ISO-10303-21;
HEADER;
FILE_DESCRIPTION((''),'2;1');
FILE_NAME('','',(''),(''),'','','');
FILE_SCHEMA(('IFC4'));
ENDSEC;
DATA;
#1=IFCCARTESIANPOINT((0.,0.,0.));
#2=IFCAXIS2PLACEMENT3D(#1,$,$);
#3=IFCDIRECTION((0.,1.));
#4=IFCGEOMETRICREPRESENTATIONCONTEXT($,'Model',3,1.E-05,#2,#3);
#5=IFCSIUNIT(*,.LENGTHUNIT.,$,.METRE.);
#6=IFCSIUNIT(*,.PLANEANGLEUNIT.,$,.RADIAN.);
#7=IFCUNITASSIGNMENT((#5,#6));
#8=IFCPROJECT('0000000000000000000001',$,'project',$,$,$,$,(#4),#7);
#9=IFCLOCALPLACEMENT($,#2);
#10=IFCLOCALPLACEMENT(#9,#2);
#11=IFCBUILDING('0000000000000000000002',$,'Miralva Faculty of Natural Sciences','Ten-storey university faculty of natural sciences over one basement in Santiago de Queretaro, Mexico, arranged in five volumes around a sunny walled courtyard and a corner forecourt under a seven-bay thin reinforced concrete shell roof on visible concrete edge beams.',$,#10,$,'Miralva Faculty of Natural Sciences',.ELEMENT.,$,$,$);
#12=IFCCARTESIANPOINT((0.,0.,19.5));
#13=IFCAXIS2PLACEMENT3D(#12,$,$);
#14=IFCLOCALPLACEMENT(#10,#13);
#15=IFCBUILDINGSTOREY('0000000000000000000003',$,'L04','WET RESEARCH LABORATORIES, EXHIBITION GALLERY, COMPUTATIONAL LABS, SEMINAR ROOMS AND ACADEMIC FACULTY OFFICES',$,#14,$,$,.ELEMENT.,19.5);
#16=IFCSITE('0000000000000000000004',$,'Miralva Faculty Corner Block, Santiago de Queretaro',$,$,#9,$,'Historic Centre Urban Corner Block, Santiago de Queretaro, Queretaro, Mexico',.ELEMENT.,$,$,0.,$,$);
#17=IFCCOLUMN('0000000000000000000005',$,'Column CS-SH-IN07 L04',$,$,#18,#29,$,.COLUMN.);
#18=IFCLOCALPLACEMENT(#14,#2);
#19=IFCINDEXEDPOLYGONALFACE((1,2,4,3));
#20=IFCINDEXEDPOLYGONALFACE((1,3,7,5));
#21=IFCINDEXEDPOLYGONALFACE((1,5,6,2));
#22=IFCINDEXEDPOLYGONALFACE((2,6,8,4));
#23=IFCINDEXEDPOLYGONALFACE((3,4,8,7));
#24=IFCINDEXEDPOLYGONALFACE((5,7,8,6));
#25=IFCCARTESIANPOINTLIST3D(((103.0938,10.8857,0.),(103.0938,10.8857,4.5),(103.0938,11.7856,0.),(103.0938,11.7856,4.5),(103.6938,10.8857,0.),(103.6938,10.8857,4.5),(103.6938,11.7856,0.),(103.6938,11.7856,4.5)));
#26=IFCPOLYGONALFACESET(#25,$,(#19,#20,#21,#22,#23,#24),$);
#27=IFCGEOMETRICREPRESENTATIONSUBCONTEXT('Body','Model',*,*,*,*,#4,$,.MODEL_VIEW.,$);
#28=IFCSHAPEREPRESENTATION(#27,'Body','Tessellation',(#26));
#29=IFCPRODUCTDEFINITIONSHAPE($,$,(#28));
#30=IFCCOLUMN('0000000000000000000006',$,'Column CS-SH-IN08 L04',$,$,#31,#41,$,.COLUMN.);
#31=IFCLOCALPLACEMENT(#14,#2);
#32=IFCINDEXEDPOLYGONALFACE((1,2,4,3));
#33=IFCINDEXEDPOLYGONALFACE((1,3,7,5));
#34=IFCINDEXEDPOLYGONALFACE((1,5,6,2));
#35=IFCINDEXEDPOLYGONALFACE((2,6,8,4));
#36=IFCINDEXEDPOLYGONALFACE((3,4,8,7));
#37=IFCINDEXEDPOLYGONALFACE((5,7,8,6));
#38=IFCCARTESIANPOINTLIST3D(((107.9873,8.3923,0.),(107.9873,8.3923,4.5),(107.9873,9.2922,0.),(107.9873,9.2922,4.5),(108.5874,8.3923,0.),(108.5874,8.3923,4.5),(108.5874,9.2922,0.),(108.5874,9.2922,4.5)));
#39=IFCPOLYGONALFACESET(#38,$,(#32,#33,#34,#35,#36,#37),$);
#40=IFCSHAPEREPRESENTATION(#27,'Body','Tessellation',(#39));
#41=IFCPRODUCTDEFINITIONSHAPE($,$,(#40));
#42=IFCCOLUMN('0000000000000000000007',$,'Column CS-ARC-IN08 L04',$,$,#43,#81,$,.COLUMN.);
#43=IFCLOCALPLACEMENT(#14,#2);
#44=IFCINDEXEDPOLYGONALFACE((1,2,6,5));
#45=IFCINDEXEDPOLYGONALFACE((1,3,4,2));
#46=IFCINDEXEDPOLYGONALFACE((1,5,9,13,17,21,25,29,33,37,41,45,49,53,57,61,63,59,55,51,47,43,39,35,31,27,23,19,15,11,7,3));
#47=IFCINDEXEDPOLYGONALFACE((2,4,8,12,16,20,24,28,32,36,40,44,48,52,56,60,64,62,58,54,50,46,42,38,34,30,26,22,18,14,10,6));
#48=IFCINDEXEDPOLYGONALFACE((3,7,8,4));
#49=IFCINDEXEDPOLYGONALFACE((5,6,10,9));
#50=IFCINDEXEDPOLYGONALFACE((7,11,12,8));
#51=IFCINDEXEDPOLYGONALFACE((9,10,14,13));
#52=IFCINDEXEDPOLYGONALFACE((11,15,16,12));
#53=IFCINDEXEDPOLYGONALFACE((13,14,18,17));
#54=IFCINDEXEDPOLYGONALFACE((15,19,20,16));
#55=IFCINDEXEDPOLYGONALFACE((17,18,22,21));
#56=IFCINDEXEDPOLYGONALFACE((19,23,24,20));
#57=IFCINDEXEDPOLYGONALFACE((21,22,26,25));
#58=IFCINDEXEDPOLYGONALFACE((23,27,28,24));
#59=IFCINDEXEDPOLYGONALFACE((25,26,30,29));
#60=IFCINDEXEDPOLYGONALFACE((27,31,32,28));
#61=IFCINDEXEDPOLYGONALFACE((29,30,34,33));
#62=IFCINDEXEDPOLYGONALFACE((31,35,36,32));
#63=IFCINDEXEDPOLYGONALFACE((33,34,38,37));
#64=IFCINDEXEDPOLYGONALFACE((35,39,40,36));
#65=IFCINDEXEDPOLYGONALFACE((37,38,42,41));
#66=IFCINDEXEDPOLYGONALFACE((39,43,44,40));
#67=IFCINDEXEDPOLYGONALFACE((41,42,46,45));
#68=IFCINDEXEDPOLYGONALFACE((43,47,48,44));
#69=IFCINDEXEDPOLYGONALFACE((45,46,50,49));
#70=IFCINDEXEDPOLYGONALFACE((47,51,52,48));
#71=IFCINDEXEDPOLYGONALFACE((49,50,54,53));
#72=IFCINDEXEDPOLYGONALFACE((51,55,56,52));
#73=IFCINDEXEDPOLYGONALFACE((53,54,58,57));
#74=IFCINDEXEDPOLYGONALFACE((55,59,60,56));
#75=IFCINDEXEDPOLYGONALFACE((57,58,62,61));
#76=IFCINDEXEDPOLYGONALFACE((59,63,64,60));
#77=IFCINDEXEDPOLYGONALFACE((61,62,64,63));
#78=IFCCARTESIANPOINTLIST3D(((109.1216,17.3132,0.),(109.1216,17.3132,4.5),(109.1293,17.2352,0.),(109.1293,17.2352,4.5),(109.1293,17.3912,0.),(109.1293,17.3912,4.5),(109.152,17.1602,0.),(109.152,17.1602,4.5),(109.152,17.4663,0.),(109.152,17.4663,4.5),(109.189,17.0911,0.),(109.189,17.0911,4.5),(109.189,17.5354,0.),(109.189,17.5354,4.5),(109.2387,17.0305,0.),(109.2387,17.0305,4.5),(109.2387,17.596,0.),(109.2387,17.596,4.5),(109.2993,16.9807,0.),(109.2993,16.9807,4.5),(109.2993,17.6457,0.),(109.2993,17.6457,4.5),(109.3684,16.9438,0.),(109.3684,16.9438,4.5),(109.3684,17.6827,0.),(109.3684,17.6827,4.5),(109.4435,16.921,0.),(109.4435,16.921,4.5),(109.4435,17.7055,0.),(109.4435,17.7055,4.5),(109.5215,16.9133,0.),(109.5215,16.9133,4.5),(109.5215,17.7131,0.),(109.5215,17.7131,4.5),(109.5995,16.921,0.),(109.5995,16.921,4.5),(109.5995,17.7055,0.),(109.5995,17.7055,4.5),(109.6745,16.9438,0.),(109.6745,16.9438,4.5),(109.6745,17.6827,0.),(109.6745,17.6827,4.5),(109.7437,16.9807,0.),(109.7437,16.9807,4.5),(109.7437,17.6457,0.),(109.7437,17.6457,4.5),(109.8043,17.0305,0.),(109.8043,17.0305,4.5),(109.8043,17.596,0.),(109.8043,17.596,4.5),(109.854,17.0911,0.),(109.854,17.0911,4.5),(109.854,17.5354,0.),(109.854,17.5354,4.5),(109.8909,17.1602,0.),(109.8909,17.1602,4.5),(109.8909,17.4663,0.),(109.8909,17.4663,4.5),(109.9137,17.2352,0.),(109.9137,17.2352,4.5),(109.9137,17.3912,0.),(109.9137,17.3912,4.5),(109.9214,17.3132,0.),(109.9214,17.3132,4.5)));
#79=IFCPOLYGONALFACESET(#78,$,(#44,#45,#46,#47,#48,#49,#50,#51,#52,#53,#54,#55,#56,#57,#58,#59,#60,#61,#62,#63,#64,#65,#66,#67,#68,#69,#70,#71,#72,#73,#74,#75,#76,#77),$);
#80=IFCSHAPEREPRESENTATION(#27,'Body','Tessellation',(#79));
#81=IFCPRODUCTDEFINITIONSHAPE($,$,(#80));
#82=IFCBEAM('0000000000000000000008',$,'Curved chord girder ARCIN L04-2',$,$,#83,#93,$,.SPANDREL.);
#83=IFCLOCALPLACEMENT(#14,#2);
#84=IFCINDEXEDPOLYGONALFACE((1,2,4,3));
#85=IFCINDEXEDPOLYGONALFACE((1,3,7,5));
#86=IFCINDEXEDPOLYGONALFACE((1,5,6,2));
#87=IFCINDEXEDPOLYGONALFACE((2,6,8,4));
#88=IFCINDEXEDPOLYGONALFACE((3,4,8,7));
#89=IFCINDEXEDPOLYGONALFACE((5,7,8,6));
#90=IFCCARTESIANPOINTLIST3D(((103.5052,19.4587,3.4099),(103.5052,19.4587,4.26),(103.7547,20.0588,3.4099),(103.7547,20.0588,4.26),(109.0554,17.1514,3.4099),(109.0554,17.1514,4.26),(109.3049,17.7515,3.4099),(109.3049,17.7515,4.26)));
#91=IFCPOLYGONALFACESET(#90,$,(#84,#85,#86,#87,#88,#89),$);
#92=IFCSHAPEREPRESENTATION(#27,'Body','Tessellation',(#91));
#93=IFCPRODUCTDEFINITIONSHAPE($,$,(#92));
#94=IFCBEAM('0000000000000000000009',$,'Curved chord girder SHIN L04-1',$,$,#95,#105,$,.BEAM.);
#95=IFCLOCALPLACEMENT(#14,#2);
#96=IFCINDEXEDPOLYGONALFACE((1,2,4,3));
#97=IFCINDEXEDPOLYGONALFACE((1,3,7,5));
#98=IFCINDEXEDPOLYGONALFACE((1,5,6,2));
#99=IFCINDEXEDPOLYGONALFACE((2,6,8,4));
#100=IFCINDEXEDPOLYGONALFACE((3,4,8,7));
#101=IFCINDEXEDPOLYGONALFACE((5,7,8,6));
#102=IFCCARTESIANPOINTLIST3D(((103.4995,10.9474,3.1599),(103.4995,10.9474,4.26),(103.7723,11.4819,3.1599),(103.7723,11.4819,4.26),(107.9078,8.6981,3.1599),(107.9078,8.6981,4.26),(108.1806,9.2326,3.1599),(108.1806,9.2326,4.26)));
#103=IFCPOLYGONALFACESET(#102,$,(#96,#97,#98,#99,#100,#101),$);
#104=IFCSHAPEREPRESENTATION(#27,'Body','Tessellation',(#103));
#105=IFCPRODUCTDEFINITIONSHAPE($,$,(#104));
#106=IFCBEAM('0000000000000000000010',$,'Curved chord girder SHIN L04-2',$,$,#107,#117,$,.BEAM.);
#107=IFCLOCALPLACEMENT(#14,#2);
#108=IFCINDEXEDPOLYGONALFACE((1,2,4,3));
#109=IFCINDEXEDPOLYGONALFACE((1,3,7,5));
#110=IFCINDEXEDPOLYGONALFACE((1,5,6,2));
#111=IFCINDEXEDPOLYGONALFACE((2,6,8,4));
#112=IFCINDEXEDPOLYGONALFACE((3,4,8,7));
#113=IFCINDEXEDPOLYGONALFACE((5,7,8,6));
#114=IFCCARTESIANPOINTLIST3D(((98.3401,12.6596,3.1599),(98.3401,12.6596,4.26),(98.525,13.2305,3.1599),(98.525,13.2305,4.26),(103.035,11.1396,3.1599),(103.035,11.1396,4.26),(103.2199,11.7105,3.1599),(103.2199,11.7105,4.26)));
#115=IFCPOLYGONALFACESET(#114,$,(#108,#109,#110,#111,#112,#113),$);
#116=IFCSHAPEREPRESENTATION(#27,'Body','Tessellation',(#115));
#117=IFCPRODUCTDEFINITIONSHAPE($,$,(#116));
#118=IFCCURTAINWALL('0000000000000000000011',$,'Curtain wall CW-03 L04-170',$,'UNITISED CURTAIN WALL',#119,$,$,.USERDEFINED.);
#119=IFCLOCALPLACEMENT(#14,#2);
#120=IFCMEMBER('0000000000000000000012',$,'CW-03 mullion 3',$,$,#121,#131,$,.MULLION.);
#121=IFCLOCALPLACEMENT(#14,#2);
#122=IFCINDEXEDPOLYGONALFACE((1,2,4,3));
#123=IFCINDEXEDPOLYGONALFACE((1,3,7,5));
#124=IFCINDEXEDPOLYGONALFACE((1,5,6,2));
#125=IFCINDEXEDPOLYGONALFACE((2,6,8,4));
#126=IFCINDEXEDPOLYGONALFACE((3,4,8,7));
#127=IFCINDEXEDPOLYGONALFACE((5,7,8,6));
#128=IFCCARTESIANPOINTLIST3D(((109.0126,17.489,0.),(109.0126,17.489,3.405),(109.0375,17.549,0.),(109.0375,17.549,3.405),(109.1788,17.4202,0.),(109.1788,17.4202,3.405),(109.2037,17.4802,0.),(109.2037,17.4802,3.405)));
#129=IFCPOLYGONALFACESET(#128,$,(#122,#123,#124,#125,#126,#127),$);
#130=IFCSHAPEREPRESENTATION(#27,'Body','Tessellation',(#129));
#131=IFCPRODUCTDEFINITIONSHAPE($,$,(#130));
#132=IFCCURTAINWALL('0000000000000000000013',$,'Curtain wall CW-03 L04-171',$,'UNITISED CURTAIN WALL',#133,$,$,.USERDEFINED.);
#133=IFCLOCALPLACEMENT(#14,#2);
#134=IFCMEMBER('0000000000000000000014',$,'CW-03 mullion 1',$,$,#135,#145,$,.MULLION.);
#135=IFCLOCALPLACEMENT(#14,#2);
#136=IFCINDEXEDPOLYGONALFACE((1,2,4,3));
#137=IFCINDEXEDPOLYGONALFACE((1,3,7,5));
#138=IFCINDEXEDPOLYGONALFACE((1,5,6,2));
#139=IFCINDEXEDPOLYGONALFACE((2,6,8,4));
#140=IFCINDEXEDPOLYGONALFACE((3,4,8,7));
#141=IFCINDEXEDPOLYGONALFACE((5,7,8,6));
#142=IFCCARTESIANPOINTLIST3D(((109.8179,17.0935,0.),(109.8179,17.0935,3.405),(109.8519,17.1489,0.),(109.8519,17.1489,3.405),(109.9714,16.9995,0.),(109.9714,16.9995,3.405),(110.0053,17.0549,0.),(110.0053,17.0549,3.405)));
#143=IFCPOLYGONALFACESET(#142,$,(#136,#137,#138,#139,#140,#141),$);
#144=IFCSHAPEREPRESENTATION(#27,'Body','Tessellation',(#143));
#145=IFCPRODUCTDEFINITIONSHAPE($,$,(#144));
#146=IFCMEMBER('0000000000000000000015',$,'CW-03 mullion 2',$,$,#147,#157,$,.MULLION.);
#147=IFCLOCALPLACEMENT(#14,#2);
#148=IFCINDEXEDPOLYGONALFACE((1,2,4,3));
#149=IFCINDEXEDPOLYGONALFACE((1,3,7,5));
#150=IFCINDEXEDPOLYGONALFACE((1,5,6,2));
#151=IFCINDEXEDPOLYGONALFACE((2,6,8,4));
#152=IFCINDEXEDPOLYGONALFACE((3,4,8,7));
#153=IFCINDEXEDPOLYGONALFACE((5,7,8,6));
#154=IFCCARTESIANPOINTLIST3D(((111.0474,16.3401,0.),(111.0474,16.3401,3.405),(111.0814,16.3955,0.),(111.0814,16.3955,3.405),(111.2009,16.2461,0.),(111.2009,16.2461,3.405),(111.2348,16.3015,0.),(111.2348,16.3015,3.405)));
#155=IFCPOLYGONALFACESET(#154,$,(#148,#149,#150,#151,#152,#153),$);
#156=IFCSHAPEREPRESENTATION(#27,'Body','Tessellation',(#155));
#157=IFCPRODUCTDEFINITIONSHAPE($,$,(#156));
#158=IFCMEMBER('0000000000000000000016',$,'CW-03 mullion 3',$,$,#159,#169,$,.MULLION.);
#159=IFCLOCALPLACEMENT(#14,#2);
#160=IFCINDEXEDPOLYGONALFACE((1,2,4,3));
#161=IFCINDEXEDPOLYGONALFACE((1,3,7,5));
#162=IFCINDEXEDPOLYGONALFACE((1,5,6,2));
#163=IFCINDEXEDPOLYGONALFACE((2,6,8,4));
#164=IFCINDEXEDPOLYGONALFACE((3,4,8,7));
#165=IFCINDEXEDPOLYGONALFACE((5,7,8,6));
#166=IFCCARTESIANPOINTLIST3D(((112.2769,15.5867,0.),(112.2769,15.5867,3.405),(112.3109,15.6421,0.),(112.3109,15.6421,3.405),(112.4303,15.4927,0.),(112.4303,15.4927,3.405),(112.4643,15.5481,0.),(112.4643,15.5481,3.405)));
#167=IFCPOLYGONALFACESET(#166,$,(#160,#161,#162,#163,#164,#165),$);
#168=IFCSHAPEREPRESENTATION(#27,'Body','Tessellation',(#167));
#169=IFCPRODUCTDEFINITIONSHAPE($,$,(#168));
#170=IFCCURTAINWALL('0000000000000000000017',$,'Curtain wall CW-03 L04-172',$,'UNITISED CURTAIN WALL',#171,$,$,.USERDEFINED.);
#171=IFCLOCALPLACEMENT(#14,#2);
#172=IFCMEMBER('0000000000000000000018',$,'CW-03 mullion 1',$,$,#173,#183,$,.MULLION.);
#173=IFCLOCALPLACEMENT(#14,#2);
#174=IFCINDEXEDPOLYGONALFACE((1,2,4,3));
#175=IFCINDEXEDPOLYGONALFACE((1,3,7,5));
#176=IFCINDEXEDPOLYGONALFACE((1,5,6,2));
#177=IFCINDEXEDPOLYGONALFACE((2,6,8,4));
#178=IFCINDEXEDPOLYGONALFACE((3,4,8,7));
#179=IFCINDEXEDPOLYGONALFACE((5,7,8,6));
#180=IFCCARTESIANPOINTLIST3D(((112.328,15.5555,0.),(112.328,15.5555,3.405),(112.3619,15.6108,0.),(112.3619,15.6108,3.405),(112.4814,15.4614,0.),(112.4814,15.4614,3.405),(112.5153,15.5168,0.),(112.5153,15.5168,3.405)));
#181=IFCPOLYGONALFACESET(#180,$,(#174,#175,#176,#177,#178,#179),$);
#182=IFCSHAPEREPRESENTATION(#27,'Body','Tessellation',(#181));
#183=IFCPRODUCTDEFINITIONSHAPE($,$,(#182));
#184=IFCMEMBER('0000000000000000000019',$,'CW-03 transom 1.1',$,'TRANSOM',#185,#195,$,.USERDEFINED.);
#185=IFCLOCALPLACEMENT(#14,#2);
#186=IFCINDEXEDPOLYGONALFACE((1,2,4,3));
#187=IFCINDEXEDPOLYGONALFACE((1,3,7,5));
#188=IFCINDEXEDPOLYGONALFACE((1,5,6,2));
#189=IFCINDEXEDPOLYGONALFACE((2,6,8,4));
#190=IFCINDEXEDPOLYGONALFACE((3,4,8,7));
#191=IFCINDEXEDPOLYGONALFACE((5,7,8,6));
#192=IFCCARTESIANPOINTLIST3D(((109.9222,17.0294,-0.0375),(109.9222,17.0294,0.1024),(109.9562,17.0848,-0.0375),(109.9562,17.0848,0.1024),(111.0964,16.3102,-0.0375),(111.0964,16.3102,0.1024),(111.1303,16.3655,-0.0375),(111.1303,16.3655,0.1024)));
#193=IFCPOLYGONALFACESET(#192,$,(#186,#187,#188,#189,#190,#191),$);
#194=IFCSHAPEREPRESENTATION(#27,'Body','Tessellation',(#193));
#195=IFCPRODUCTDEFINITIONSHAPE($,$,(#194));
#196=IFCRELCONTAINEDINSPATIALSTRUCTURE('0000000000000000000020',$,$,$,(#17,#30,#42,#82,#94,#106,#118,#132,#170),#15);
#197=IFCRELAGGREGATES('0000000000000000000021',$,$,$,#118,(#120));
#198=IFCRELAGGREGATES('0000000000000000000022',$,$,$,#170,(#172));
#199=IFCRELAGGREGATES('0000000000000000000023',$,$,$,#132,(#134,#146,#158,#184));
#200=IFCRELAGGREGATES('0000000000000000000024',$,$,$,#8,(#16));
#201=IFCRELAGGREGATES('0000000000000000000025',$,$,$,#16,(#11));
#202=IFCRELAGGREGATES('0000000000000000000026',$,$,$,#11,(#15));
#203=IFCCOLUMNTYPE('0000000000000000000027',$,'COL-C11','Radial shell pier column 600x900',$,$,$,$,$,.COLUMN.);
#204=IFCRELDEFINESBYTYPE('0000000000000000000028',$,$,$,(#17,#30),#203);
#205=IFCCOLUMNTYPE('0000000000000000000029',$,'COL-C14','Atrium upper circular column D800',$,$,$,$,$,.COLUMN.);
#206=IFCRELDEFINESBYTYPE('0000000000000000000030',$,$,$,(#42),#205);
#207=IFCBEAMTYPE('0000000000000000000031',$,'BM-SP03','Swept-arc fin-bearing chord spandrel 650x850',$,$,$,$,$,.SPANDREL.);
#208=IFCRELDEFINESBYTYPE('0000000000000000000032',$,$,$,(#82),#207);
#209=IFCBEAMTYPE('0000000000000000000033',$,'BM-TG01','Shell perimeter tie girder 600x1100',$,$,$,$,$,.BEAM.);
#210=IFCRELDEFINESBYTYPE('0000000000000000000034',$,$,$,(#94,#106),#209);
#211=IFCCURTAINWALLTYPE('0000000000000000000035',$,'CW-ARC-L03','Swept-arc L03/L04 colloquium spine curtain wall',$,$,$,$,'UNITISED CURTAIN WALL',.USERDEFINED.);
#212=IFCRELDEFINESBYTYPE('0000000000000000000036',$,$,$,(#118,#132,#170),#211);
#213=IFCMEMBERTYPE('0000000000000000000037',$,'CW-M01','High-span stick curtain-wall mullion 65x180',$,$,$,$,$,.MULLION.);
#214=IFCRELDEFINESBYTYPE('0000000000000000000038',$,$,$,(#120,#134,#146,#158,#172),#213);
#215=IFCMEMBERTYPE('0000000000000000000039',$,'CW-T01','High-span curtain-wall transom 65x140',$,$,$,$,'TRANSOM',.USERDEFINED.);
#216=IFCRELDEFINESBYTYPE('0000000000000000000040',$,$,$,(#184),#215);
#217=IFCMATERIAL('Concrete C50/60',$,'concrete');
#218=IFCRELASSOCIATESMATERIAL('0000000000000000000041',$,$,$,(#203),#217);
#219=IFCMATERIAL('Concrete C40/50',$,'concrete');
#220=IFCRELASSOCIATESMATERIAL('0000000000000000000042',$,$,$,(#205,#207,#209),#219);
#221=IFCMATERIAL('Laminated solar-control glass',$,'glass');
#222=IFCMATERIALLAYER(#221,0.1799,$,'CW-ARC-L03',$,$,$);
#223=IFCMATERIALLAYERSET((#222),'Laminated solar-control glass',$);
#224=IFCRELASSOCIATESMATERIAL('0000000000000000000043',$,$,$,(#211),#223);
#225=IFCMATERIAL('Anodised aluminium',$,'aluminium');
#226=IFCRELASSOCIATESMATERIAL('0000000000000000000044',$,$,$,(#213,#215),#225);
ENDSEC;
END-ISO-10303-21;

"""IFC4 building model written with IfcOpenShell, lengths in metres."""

from ifc_helpers import new_model, si_unit, direction, frame, origin, origin_2d, place, context, subcontext, project, spatial, rectangle, circle, extrude, material, layer, layer_set, material_profile, profile_set, type_object, element, aggregate, save


model = new_model("IFC4")

# Units and contexts
model_context = context("Model", 3, precision=1e-05, world=origin(), true_north=direction((0.0, 1.0)))
body_context = subcontext(model_context, "Body", "Model", "MODEL_VIEW")
ifc_project = project(units=[si_unit("LENGTHUNIT", "METRE"), si_unit("PLANEANGLEUNIT", "RADIAN")], contexts=[model_context])

# Site, building, storey
site_placement = place(None, origin())
site = spatial("IfcSite", under=ifc_project, at=site_placement, Name="Miralva Faculty Corner Block, Santiago de Queretaro", LongName="Historic Centre Urban Corner Block, Santiago de Queretaro, Queretaro, Mexico", CompositionType="ELEMENT", RefElevation=0.0)
building_placement = place(site_placement, origin())
building = spatial("IfcBuilding", under=site, at=building_placement, Name="Miralva Faculty of Natural Sciences", Description="Ten-storey university faculty of natural sciences over one basement in Santiago de Queretaro, Mexico, arranged in five volumes around a sunny walled courtyard and a corner forecourt under a seven-bay thin reinforced concrete shell roof on visible concrete edge beams.", LongName="Miralva Faculty of Natural Sciences", CompositionType="ELEMENT")
storey_placement = place(building_placement, frame((0.0, 0.0, 19.5)))
storey = spatial("IfcBuildingStorey", under=building, at=storey_placement, Name="L04", Description="WET RESEARCH LABORATORIES, EXHIBITION GALLERY, COMPUTATIONAL LABS, SEMINAR ROOMS AND ACADEMIC FACULTY OFFICES", CompositionType="ELEMENT", Elevation=19.5)

# Columns
ifc_material_1 = material(Name="Concrete C50/60", Category="concrete")
ifc_material_profile_1 = material_profile(ifc_material_1, rectangle(XDim=0.6001, YDim=0.8999, at=origin_2d()), Name="RC 600x900")
ifc_profile_set_1 = profile_set([ifc_material_profile_1], Name="Concrete C50/60")
column_type_1 = type_object("IfcColumnType", Name="COL-C11", Description="Radial shell pier column 600x900", PredefinedType="COLUMN", material=ifc_profile_set_1)
for number, where, z_axis, x_axis, name in (
    (1, (103.3938, 11.3357, 0.0), (0.0, 0.0, 1.0), (1.0, 0.0, 0.0), "Column CS-SH-IN07 L04"),
    (2, (108.2874, 8.8423, 0.0), (0.0, 0.0, 1.0), (1.0, 0.0, 0.0), "Column CS-SH-IN08 L04"),
):
    element("IfcColumn", number, at=place(storey_placement, frame(where, z_axis=z_axis, x_axis=x_axis)), inside=storey, type_object=column_type_1, Name=name, PredefinedType="COLUMN", context=body_context, shape_type="SweptSolid", body=[
        extrude(rectangle(XDim=0.6001, YDim=0.8999, at=origin_2d()), origin(), (0.0, 0.0, 1.0), 4.5),
    ])
ifc_material_2 = material(Name="Concrete C40/50", Category="concrete")
ifc_material_profile_2 = material_profile(ifc_material_2, circle(Radius=0.3999, at=origin_2d()), Name="RC DIA 800")
ifc_profile_set_2 = profile_set([ifc_material_profile_2], Name="Concrete C40/50")
column_type_2 = type_object("IfcColumnType", Name="COL-C14", Description="Atrium upper circular column D800", PredefinedType="COLUMN", material=ifc_profile_set_2)
column_placement = place(storey_placement, frame((109.5215, 17.3132, 0.0), z_axis=(0.0, 0.0, 1.0), x_axis=(1.0, 0.0, 0.0)))
element("IfcColumn", 3, at=column_placement, inside=storey, type_object=column_type_2, Name="Column CS-ARC-IN08 L04", PredefinedType="COLUMN", context=body_context, shape_type="SweptSolid", body=[
    extrude(circle(Radius=0.3999, at=origin_2d()), origin(), (0.0, 0.0, 1.0), 4.5),
])

# Beams
ifc_material_profile_3 = material_profile(ifc_material_2, rectangle(XDim=0.6499, YDim=0.8501, at=origin_2d()), Name="RC 650x850")
ifc_profile_set_3 = profile_set([ifc_material_profile_3], Name="Concrete C40/50")
beam_type_1 = type_object("IfcBeamType", Name="BM-SP03", Description="Swept-arc fin-bearing chord spandrel 650x850", PredefinedType="SPANDREL", material=ifc_profile_set_3)
beam_1_placement = place(storey_placement, frame((109.1802, 17.4514, 3.835), z_axis=(-0.923387, 0.383871, 0.0), x_axis=(-0.383871, -0.923387, 0.0)))
element("IfcBeam", 4, at=beam_1_placement, inside=storey, type_object=beam_type_1, Name="Curved chord girder ARCIN L04-2", PredefinedType="SPANDREL", context=body_context, shape_type="SweptSolid", body=[
    extrude(rectangle(XDim=0.6499, YDim=0.8501, at=origin_2d()), origin(), (0.0, 0.0, 1.0), 6.0107),
])
ifc_material_profile_4 = material_profile(ifc_material_2, rectangle(XDim=0.6001, YDim=1.1001, at=origin_2d()), Name="RC 600x1100")
ifc_profile_set_4 = profile_set([ifc_material_profile_4], Name="Concrete C40/50")
beam_type_2 = type_object("IfcBeamType", Name="BM-TG01", Description="Shell perimeter tie girder 600x1100", PredefinedType="BEAM", material=ifc_profile_set_4)
beam_2_placement = place(storey_placement, frame((108.0442, 8.9653, 3.71), z_axis=(-0.890747, 0.4545, 0.0), x_axis=(-0.4545, -0.890747, 0.0)))
element("IfcBeam", 5, at=beam_2_placement, inside=storey, type_object=beam_type_2, Name="Curved chord girder SHIN L04-1", PredefinedType="BEAM", context=body_context, shape_type="SweptSolid", body=[
    extrude(rectangle(XDim=0.6001, YDim=1.1001, at=origin_2d()), origin(), (0.0, 0.0, 1.0), 4.949),
])
beam_3_placement = place(storey_placement, frame((103.1274, 11.425, 3.71), z_axis=(-0.951379, 0.308023, 0.0), x_axis=(-0.308023, -0.951379, 0.0)))
element("IfcBeam", 6, at=beam_3_placement, inside=storey, type_object=beam_type_2, Name="Curved chord girder SHIN L04-2", PredefinedType="BEAM", context=body_context, shape_type="SweptSolid", body=[
    extrude(rectangle(XDim=0.6001, YDim=1.1001, at=origin_2d()), origin(), (0.0, 0.0, 1.0), 4.9348),
])

# Curtain wall, member
ifc_material_3 = material(Name="Laminated solar-control glass", Category="glass")
ifc_layer_1 = layer(ifc_material_3, 0.1799, Name="CW-ARC-L03")
ifc_layer_set_1 = layer_set([ifc_layer_1], Name="Laminated solar-control glass")
curtain_wall_type = type_object("IfcCurtainWallType", Name="CW-ARC-L03", Description="Swept-arc L03/L04 colloquium spine curtain wall", ElementType="UNITISED CURTAIN WALL", PredefinedType="USERDEFINED", material=ifc_layer_set_1)
curtain_wall_1_placement = place(storey_placement, origin())
curtain_wall_1 = element("IfcCurtainWall", 7, at=curtain_wall_1_placement, inside=storey, type_object=curtain_wall_type, Name="Curtain wall CW-03 L04-170", ObjectType="UNITISED CURTAIN WALL", PredefinedType="USERDEFINED")
ifc_material_4 = material(Name="Anodised aluminium", Category="aluminium")
ifc_material_profile_5 = material_profile(ifc_material_4, rectangle(XDim=0.0649, YDim=0.1799, at=origin_2d()), Name="MULLION 65x180")
ifc_profile_set_5 = profile_set([ifc_material_profile_5], Name="Anodised aluminium")
member_type_1 = type_object("IfcMemberType", Name="CW-M01", Description="High-span stick curtain-wall mullion 65x180", PredefinedType="MULLION", material=ifc_profile_set_5)
member_1_placement = place(storey_placement, frame((109.1082, 17.4846, 0.0), z_axis=(0.0, 0.0, 1.0), x_axis=(0.382695, 0.923875, 0.0)))
member_1 = element("IfcMember", 8, at=member_1_placement, type_object=member_type_1, Name="CW-03 mullion 3", PredefinedType="MULLION", context=body_context, shape_type="SweptSolid", body=[
    extrude(rectangle(XDim=0.0649, YDim=0.1799, at=origin_2d()), origin(), (0.0, 0.0, 1.0), 3.405),
])
aggregate(curtain_wall_1, [member_1])

# Curtain wall, members
curtain_wall_2_placement = place(storey_placement, origin())
curtain_wall_2 = element("IfcCurtainWall", 9, at=curtain_wall_2_placement, inside=storey, type_object=curtain_wall_type, Name="Curtain wall CW-03 L04-171", ObjectType="UNITISED CURTAIN WALL", PredefinedType="USERDEFINED")
member_2_placement = place(storey_placement, frame((109.9116, 17.0742, 0.0), z_axis=(0.0, 0.0, 1.0), x_axis=(0.522483, 0.85265, 0.0)))
member_2 = element("IfcMember", 10, at=member_2_placement, type_object=member_type_1, Name="CW-03 mullion 1", PredefinedType="MULLION", context=body_context, shape_type="SweptSolid", body=[
    extrude(rectangle(XDim=0.0649, YDim=0.1799, at=origin_2d()), origin(), (0.0, 0.0, 1.0), 3.405),
])
member_3_placement = place(storey_placement, frame((111.1411, 16.3208, 0.0), z_axis=(0.0, 0.0, 1.0), x_axis=(0.522483, 0.85265, 0.0)))
member_3 = element("IfcMember", 11, at=member_3_placement, type_object=member_type_1, Name="CW-03 mullion 2", PredefinedType="MULLION", context=body_context, shape_type="SweptSolid", body=[
    extrude(rectangle(XDim=0.0649, YDim=0.1799, at=origin_2d()), origin(), (0.0, 0.0, 1.0), 3.405),
])
member_4_placement = place(storey_placement, frame((112.3706, 15.5674, 0.0), z_axis=(0.0, 0.0, 1.0), x_axis=(0.522483, 0.85265, 0.0)))
member_4 = element("IfcMember", 12, at=member_4_placement, type_object=member_type_1, Name="CW-03 mullion 3", PredefinedType="MULLION", context=body_context, shape_type="SweptSolid", body=[
    extrude(rectangle(XDim=0.0649, YDim=0.1799, at=origin_2d()), origin(), (0.0, 0.0, 1.0), 3.405),
])

# Curtain wall, member
curtain_wall_3_placement = place(storey_placement, origin())
curtain_wall_3 = element("IfcCurtainWall", 13, at=curtain_wall_3_placement, inside=storey, type_object=curtain_wall_type, Name="Curtain wall CW-03 L04-172", ObjectType="UNITISED CURTAIN WALL", PredefinedType="USERDEFINED")
member_5_placement = place(storey_placement, frame((112.4216, 15.5361, 0.0), z_axis=(0.0, 0.0, 1.0), x_axis=(0.522489, 0.852646, 0.0)))
member_5 = element("IfcMember", 14, at=member_5_placement, type_object=member_type_1, Name="CW-03 mullion 1", PredefinedType="MULLION", context=body_context, shape_type="SweptSolid", body=[
    extrude(rectangle(XDim=0.0649, YDim=0.1799, at=origin_2d()), origin(), (0.0, 0.0, 1.0), 3.405),
])

# Member
ifc_material_profile_6 = material_profile(ifc_material_4, rectangle(XDim=0.0649, YDim=0.1399, at=origin_2d()), Name="TRANSOM 65x140")
ifc_profile_set_6 = profile_set([ifc_material_profile_6], Name="Anodised aluminium")
member_type_2 = type_object("IfcMemberType", Name="CW-T01", Description="High-span curtain-wall transom 65x140", ElementType="TRANSOM", PredefinedType="USERDEFINED", material=ifc_profile_set_6)
member_6_placement = place(storey_placement, frame((109.9392, 17.0571, 0.0325), z_axis=(0.852716, -0.522375, 0.0), x_axis=(0.522375, 0.852716, 0.0)))
member_6 = element("IfcMember", 15, at=member_6_placement, type_object=member_type_2, Name="CW-03 transom 1.1", ObjectType="TRANSOM", PredefinedType="USERDEFINED", context=body_context, shape_type="SweptSolid", body=[
    extrude(rectangle(XDim=0.0649, YDim=0.1399, at=origin_2d()), origin(), (0.0, 0.0, 1.0), 1.377),
])
aggregate(curtain_wall_3, [member_5])

aggregate(curtain_wall_2, [member_2, member_3, member_4, member_6])

save(model, "model.ifc")
